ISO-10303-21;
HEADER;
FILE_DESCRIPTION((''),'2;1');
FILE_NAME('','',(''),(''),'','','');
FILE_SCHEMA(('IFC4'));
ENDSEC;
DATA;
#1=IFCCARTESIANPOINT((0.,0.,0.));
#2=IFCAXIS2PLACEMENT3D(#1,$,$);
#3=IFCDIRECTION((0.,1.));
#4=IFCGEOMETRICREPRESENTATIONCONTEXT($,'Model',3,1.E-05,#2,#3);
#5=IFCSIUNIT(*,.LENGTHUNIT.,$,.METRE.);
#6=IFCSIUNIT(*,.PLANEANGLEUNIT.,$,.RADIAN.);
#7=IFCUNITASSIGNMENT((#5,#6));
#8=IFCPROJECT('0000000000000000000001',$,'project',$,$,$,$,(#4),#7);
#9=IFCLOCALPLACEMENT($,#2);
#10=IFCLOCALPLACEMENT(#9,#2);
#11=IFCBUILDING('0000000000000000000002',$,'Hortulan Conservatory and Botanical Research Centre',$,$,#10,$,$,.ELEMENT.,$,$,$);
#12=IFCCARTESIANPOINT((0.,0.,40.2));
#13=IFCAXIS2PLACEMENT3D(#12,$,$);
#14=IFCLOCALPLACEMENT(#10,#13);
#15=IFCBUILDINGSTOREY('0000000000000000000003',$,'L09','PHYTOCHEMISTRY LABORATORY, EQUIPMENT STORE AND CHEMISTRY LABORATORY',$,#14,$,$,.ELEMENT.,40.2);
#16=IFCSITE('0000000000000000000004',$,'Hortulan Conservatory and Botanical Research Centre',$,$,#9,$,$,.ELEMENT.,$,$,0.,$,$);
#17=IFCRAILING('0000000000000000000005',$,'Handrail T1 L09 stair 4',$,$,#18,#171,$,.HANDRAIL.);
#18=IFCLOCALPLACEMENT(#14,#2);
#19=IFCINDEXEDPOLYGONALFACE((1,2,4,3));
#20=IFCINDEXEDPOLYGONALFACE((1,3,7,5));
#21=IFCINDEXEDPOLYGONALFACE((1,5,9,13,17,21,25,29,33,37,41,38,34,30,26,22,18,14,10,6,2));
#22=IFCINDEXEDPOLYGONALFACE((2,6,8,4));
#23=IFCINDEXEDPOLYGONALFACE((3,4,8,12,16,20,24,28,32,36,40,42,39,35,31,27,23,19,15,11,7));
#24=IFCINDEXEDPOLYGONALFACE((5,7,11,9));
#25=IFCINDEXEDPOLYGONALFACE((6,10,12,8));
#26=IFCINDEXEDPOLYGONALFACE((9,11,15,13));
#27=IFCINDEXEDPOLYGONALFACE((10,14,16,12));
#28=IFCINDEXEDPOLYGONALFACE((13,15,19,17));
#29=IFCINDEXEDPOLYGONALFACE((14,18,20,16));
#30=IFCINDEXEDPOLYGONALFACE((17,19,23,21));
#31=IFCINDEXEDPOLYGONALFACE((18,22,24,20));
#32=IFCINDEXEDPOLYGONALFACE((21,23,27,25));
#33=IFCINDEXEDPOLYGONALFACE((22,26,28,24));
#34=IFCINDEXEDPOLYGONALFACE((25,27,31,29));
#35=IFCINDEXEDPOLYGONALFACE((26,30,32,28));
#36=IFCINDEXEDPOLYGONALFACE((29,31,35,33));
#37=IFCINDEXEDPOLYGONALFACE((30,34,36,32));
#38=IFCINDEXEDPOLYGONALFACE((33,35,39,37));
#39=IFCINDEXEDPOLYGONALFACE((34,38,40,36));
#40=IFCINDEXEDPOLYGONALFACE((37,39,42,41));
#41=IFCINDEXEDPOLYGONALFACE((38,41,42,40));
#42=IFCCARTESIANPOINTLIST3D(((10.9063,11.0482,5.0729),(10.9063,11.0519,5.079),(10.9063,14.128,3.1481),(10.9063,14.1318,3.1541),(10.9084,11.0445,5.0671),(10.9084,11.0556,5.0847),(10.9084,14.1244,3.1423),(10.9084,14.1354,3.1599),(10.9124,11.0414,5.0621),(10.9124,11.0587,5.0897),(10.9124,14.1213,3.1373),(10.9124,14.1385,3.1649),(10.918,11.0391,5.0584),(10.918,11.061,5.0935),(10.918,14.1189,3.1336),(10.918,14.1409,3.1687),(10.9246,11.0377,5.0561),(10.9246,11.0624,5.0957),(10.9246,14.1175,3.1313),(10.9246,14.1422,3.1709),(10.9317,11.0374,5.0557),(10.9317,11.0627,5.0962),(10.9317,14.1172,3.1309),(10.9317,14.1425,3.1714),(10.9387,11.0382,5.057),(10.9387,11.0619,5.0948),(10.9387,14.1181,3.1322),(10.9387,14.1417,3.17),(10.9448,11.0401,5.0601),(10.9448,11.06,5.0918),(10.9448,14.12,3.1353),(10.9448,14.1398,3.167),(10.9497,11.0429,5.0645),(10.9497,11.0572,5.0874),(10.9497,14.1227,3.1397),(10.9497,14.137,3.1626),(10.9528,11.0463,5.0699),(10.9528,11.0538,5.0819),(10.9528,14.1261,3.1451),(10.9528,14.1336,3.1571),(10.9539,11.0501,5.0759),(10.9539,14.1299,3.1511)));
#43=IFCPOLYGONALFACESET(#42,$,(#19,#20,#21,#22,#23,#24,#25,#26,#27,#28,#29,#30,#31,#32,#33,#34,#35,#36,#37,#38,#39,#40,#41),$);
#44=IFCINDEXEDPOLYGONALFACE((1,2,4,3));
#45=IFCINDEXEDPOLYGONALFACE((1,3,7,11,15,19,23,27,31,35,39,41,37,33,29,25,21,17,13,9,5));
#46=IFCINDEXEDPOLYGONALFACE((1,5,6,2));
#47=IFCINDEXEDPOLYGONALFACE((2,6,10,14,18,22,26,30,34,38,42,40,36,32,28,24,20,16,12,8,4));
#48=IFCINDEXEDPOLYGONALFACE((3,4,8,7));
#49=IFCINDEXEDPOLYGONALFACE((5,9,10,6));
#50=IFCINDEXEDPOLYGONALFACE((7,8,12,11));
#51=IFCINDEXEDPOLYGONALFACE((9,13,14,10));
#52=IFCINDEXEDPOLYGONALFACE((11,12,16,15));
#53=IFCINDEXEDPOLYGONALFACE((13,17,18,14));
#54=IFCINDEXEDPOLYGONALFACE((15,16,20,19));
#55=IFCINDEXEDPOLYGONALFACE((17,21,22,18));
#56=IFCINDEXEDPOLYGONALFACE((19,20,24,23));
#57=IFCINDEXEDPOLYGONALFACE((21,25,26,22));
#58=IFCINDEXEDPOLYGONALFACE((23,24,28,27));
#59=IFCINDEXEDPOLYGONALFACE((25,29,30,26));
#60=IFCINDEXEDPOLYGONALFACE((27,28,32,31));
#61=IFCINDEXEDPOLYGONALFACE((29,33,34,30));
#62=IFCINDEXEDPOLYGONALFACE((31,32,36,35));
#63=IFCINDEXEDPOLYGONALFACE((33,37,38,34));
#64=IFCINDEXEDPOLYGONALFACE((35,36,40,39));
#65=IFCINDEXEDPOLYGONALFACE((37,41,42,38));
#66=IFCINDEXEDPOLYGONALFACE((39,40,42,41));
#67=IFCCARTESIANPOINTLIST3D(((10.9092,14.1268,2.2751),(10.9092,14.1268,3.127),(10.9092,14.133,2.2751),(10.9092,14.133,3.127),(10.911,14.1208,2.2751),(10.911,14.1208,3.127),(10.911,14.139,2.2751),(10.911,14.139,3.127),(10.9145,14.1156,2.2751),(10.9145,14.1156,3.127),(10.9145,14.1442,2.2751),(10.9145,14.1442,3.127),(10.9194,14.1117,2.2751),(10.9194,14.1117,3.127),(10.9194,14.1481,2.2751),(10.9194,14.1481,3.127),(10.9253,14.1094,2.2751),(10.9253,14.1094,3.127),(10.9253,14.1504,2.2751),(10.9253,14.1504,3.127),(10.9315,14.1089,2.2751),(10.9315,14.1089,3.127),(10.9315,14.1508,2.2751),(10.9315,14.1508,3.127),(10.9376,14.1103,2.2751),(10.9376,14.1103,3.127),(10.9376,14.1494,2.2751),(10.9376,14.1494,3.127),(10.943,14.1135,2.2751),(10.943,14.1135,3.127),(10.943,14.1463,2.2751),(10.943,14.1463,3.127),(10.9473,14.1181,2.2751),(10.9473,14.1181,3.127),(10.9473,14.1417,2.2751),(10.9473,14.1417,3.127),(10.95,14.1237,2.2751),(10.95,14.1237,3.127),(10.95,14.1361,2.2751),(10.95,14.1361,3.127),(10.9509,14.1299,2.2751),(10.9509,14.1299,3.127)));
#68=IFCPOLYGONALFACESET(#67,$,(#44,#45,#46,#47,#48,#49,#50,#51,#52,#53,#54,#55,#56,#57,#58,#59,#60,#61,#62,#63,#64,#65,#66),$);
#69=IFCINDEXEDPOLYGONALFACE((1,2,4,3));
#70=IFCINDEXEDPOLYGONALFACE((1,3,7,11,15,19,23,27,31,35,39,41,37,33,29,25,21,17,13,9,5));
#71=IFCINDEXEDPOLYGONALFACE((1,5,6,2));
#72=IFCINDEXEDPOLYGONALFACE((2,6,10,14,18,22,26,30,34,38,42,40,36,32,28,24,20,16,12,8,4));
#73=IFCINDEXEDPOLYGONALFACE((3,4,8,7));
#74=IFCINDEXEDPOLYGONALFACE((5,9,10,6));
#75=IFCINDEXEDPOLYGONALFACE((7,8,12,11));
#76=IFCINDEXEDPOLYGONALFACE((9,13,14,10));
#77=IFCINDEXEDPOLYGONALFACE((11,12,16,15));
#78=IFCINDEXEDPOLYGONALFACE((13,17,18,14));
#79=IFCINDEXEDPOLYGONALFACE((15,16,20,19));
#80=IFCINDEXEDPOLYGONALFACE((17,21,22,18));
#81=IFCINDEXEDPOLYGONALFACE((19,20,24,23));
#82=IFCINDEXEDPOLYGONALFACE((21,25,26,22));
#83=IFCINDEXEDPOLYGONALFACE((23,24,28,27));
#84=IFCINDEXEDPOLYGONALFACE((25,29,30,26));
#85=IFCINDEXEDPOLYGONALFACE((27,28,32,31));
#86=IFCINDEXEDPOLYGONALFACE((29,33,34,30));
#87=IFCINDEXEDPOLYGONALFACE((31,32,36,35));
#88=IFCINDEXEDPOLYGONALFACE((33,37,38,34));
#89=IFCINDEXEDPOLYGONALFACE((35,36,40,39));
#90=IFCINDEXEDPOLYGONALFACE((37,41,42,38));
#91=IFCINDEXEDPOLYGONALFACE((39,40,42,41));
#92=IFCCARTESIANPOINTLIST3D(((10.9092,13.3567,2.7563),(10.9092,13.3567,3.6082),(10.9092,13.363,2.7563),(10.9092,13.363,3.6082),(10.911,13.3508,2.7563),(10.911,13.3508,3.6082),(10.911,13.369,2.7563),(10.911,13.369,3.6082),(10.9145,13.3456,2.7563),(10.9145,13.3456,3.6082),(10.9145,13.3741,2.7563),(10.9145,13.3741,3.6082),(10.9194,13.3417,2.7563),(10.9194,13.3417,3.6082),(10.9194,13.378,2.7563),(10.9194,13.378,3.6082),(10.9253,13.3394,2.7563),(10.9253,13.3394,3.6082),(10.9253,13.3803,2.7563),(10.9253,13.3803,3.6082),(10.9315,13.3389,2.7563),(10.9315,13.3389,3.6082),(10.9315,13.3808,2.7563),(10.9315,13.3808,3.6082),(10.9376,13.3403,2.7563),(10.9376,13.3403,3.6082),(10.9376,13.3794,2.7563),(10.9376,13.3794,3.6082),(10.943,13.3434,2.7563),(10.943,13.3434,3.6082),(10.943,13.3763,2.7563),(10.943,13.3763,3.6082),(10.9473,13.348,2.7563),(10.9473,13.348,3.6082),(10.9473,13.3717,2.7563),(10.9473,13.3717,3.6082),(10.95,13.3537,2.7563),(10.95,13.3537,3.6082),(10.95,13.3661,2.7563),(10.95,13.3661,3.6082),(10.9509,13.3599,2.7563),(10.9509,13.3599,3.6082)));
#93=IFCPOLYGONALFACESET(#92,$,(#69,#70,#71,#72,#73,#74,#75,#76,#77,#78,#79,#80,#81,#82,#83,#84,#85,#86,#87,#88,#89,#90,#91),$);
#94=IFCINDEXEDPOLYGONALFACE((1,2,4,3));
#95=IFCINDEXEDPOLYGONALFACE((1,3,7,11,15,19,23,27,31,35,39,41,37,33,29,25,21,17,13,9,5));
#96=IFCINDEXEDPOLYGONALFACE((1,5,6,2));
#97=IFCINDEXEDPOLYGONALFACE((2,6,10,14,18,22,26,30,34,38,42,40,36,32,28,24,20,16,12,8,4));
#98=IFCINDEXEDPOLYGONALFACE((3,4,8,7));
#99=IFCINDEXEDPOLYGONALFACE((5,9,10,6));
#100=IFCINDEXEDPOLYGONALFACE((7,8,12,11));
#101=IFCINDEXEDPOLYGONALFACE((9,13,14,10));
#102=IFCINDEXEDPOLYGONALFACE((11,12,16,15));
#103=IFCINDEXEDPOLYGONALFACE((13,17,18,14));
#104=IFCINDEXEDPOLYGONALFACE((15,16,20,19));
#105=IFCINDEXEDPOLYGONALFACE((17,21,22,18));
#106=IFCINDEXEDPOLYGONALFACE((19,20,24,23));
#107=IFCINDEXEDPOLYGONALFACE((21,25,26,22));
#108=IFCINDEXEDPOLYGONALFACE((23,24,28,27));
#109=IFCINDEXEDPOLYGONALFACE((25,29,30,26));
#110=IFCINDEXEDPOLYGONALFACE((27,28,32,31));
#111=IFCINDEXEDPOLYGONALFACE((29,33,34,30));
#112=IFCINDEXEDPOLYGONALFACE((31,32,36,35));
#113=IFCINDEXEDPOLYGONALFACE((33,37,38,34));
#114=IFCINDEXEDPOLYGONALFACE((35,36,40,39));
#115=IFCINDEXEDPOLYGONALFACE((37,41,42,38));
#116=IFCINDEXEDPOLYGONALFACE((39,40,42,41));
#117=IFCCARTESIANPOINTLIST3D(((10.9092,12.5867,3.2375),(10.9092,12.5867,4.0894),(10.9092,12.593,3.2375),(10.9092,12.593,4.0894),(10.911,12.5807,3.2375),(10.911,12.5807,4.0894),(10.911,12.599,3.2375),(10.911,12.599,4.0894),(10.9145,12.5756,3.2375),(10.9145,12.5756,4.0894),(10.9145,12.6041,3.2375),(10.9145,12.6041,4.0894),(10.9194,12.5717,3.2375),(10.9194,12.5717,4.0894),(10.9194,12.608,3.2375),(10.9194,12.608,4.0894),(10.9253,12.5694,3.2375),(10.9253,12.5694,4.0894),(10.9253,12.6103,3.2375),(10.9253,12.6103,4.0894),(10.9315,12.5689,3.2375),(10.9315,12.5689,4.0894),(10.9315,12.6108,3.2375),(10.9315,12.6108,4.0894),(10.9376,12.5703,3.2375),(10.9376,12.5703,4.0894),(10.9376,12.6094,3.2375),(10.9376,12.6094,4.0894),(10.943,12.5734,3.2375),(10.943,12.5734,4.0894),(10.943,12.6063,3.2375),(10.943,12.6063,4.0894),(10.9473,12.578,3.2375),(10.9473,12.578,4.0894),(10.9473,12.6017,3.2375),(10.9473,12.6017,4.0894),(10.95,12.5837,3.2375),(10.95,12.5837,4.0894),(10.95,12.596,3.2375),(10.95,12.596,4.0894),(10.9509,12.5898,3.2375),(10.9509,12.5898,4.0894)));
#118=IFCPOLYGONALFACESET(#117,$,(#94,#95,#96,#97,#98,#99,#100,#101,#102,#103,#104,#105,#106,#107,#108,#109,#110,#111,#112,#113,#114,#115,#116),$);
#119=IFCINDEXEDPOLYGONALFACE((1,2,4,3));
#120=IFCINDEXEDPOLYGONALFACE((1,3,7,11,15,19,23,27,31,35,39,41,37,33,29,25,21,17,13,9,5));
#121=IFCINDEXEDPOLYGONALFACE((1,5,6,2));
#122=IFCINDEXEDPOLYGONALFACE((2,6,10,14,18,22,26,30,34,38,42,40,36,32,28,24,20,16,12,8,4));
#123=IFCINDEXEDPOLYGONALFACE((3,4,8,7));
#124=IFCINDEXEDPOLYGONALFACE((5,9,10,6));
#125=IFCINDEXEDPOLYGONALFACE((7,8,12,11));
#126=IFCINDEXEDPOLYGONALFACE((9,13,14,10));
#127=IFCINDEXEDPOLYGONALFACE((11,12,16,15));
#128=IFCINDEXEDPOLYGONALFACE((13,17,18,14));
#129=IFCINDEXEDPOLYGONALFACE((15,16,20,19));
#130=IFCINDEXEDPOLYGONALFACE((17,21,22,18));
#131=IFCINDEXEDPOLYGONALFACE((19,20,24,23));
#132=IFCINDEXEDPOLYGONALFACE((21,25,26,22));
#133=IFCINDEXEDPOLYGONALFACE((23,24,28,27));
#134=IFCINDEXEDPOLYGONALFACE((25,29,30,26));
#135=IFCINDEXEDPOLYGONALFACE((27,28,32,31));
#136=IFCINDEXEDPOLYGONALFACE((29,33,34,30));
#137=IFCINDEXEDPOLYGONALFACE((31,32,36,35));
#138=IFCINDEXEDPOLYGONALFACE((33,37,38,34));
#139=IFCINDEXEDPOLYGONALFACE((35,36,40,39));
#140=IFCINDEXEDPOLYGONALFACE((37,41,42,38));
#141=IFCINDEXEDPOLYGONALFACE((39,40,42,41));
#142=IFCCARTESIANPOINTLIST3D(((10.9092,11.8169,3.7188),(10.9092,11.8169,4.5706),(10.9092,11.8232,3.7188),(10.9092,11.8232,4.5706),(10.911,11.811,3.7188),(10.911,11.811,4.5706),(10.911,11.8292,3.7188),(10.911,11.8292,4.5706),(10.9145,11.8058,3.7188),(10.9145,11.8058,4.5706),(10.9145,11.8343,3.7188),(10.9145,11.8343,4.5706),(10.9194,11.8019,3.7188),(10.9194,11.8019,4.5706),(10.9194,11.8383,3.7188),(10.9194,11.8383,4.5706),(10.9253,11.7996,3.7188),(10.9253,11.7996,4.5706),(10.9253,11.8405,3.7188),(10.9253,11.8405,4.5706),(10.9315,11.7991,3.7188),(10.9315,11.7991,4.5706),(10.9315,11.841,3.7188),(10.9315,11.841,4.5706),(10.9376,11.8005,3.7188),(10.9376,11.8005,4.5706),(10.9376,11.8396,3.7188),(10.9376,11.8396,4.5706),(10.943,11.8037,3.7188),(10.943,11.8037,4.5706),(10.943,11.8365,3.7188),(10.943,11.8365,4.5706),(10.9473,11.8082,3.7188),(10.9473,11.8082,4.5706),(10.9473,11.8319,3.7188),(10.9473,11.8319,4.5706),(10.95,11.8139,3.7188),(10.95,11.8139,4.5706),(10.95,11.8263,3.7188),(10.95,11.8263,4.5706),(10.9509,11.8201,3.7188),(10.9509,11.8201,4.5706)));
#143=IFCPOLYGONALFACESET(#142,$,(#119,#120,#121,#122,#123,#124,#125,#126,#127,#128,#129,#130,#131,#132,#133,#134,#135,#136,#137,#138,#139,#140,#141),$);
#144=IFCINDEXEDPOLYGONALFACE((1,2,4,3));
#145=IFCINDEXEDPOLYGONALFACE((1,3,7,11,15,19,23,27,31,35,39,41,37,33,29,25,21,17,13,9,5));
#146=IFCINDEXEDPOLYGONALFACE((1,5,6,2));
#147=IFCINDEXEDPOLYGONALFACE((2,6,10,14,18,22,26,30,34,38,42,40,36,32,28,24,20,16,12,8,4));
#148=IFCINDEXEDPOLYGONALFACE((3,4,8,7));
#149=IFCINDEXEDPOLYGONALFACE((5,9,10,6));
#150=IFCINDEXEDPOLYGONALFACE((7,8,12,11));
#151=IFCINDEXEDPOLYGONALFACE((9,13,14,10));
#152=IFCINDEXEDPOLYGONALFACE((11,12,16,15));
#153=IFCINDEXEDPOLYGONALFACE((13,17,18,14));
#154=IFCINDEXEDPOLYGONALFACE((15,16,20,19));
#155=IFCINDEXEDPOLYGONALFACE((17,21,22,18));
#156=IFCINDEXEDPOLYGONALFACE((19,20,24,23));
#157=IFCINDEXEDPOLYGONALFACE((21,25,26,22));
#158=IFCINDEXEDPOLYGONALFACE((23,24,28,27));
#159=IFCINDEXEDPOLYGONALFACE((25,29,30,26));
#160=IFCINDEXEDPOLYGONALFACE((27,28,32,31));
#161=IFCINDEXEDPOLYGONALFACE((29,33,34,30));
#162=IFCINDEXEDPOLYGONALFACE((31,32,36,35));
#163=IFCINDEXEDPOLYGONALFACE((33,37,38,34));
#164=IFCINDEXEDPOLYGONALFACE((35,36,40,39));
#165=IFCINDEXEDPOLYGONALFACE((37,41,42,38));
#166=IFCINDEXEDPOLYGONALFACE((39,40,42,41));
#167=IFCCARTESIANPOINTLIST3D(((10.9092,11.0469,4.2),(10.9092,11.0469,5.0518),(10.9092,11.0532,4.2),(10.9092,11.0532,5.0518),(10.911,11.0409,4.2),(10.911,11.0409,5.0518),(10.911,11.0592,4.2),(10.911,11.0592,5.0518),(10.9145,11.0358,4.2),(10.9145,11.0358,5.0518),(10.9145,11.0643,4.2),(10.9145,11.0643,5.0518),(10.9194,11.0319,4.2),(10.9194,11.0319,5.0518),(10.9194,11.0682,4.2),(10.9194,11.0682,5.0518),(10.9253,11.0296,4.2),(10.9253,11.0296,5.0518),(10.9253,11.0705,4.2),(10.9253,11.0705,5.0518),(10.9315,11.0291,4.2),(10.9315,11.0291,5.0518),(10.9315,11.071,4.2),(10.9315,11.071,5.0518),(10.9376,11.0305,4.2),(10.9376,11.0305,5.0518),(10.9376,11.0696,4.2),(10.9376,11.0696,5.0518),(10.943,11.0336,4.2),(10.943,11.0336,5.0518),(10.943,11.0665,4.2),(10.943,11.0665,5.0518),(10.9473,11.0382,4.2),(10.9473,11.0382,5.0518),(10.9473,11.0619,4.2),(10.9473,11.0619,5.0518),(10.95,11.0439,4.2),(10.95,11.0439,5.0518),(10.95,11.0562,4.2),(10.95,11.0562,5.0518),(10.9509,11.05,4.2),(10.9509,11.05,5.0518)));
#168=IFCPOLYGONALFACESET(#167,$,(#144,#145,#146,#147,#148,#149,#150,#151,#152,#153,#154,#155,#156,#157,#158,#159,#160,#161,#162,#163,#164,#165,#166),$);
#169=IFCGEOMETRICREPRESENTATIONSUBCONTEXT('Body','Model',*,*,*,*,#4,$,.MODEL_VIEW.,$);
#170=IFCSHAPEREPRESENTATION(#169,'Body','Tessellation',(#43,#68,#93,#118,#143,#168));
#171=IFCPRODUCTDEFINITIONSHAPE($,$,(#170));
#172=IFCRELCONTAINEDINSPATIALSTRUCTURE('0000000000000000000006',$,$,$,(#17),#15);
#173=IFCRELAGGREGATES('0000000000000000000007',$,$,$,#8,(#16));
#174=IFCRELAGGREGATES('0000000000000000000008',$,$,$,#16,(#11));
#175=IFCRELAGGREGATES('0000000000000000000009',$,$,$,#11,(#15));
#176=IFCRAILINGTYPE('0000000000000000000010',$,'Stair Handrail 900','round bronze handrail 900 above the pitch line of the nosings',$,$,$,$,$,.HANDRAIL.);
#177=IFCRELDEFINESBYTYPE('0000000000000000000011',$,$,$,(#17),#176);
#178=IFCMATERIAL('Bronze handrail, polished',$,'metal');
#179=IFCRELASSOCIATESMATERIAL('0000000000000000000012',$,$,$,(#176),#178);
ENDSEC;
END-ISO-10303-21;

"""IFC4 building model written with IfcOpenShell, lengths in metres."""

from ifc_helpers import new_model, si_unit, direction, frame, origin, origin_2d, place, context, subcontext, project, spatial, circle, extrude, material, type_object, element, save


model = new_model("IFC4")

# Units and contexts
model_context = context("Model", 3, precision=1e-05, world=origin(), true_north=direction((0.0, 1.0)))
body_context = subcontext(model_context, "Body", "Model", "MODEL_VIEW")
ifc_project = project(units=[si_unit("LENGTHUNIT", "METRE"), si_unit("PLANEANGLEUNIT", "RADIAN")], contexts=[model_context])

# Site, building, storey
site_placement = place(None, origin())
site = spatial("IfcSite", under=ifc_project, at=site_placement, Name="Hortulan Conservatory and Botanical Research Centre", CompositionType="ELEMENT", RefElevation=0.0)
building_placement = place(site_placement, origin())
building = spatial("IfcBuilding", under=site, at=building_placement, Name="Hortulan Conservatory and Botanical Research Centre", CompositionType="ELEMENT")
storey_placement = place(building_placement, frame((0.0, 0.0, 40.2)))
storey = spatial("IfcBuildingStorey", under=building, at=storey_placement, Name="L09", Description="PHYTOCHEMISTRY LABORATORY, EQUIPMENT STORE AND CHEMISTRY LABORATORY", CompositionType="ELEMENT", Elevation=40.2)

# Railing
ifc_material_1 = material(Name="Bronze handrail, polished", Category="metal")
railing_type_1 = type_object("IfcRailingType", Name="Stair Handrail 900", Description="round bronze handrail 900 above the pitch line of the nosings", PredefinedType="HANDRAIL", material=ifc_material_1)
railing_1_placement = place(storey_placement, frame((10.9299, 14.1299, 2.2751)))
element("IfcRailing", 1, at=railing_1_placement, inside=storey, type_object=railing_type_1, Name="Handrail T1 L09 stair 4", PredefinedType="HANDRAIL", context=body_context, shape_type="SweptSolid", body=[
    extrude(circle(Radius=0.0239, at=origin_2d()), frame((0.0, 0.0, 0.876), z_axis=(0.0, -0.84801, 0.529981), x_axis=(1.0, 0.0, 0.0)), (0.0, 0.0, 1.0), 3.6318),
    extrude(circle(Radius=0.021, at=origin_2d()), origin(), (0.0, 0.0, 1.0), 0.8518),
    extrude(circle(Radius=0.021, at=origin_2d()), frame((0.0, -0.77, 0.4812)), (0.0, 0.0, 1.0), 0.8518),
    extrude(circle(Radius=0.021, at=origin_2d()), frame((0.0, -1.54, 0.9624)), (0.0, 0.0, 1.0), 0.8518),
    extrude(circle(Radius=0.021, at=origin_2d()), frame((0.0, -2.3098, 1.4436)), (0.0, 0.0, 1.0), 0.8518),
    extrude(circle(Radius=0.021, at=origin_2d()), frame((0.0, -3.0798, 1.9248)), (0.0, 0.0, 1.0), 0.8518),
])

save(model, "model.ifc")
